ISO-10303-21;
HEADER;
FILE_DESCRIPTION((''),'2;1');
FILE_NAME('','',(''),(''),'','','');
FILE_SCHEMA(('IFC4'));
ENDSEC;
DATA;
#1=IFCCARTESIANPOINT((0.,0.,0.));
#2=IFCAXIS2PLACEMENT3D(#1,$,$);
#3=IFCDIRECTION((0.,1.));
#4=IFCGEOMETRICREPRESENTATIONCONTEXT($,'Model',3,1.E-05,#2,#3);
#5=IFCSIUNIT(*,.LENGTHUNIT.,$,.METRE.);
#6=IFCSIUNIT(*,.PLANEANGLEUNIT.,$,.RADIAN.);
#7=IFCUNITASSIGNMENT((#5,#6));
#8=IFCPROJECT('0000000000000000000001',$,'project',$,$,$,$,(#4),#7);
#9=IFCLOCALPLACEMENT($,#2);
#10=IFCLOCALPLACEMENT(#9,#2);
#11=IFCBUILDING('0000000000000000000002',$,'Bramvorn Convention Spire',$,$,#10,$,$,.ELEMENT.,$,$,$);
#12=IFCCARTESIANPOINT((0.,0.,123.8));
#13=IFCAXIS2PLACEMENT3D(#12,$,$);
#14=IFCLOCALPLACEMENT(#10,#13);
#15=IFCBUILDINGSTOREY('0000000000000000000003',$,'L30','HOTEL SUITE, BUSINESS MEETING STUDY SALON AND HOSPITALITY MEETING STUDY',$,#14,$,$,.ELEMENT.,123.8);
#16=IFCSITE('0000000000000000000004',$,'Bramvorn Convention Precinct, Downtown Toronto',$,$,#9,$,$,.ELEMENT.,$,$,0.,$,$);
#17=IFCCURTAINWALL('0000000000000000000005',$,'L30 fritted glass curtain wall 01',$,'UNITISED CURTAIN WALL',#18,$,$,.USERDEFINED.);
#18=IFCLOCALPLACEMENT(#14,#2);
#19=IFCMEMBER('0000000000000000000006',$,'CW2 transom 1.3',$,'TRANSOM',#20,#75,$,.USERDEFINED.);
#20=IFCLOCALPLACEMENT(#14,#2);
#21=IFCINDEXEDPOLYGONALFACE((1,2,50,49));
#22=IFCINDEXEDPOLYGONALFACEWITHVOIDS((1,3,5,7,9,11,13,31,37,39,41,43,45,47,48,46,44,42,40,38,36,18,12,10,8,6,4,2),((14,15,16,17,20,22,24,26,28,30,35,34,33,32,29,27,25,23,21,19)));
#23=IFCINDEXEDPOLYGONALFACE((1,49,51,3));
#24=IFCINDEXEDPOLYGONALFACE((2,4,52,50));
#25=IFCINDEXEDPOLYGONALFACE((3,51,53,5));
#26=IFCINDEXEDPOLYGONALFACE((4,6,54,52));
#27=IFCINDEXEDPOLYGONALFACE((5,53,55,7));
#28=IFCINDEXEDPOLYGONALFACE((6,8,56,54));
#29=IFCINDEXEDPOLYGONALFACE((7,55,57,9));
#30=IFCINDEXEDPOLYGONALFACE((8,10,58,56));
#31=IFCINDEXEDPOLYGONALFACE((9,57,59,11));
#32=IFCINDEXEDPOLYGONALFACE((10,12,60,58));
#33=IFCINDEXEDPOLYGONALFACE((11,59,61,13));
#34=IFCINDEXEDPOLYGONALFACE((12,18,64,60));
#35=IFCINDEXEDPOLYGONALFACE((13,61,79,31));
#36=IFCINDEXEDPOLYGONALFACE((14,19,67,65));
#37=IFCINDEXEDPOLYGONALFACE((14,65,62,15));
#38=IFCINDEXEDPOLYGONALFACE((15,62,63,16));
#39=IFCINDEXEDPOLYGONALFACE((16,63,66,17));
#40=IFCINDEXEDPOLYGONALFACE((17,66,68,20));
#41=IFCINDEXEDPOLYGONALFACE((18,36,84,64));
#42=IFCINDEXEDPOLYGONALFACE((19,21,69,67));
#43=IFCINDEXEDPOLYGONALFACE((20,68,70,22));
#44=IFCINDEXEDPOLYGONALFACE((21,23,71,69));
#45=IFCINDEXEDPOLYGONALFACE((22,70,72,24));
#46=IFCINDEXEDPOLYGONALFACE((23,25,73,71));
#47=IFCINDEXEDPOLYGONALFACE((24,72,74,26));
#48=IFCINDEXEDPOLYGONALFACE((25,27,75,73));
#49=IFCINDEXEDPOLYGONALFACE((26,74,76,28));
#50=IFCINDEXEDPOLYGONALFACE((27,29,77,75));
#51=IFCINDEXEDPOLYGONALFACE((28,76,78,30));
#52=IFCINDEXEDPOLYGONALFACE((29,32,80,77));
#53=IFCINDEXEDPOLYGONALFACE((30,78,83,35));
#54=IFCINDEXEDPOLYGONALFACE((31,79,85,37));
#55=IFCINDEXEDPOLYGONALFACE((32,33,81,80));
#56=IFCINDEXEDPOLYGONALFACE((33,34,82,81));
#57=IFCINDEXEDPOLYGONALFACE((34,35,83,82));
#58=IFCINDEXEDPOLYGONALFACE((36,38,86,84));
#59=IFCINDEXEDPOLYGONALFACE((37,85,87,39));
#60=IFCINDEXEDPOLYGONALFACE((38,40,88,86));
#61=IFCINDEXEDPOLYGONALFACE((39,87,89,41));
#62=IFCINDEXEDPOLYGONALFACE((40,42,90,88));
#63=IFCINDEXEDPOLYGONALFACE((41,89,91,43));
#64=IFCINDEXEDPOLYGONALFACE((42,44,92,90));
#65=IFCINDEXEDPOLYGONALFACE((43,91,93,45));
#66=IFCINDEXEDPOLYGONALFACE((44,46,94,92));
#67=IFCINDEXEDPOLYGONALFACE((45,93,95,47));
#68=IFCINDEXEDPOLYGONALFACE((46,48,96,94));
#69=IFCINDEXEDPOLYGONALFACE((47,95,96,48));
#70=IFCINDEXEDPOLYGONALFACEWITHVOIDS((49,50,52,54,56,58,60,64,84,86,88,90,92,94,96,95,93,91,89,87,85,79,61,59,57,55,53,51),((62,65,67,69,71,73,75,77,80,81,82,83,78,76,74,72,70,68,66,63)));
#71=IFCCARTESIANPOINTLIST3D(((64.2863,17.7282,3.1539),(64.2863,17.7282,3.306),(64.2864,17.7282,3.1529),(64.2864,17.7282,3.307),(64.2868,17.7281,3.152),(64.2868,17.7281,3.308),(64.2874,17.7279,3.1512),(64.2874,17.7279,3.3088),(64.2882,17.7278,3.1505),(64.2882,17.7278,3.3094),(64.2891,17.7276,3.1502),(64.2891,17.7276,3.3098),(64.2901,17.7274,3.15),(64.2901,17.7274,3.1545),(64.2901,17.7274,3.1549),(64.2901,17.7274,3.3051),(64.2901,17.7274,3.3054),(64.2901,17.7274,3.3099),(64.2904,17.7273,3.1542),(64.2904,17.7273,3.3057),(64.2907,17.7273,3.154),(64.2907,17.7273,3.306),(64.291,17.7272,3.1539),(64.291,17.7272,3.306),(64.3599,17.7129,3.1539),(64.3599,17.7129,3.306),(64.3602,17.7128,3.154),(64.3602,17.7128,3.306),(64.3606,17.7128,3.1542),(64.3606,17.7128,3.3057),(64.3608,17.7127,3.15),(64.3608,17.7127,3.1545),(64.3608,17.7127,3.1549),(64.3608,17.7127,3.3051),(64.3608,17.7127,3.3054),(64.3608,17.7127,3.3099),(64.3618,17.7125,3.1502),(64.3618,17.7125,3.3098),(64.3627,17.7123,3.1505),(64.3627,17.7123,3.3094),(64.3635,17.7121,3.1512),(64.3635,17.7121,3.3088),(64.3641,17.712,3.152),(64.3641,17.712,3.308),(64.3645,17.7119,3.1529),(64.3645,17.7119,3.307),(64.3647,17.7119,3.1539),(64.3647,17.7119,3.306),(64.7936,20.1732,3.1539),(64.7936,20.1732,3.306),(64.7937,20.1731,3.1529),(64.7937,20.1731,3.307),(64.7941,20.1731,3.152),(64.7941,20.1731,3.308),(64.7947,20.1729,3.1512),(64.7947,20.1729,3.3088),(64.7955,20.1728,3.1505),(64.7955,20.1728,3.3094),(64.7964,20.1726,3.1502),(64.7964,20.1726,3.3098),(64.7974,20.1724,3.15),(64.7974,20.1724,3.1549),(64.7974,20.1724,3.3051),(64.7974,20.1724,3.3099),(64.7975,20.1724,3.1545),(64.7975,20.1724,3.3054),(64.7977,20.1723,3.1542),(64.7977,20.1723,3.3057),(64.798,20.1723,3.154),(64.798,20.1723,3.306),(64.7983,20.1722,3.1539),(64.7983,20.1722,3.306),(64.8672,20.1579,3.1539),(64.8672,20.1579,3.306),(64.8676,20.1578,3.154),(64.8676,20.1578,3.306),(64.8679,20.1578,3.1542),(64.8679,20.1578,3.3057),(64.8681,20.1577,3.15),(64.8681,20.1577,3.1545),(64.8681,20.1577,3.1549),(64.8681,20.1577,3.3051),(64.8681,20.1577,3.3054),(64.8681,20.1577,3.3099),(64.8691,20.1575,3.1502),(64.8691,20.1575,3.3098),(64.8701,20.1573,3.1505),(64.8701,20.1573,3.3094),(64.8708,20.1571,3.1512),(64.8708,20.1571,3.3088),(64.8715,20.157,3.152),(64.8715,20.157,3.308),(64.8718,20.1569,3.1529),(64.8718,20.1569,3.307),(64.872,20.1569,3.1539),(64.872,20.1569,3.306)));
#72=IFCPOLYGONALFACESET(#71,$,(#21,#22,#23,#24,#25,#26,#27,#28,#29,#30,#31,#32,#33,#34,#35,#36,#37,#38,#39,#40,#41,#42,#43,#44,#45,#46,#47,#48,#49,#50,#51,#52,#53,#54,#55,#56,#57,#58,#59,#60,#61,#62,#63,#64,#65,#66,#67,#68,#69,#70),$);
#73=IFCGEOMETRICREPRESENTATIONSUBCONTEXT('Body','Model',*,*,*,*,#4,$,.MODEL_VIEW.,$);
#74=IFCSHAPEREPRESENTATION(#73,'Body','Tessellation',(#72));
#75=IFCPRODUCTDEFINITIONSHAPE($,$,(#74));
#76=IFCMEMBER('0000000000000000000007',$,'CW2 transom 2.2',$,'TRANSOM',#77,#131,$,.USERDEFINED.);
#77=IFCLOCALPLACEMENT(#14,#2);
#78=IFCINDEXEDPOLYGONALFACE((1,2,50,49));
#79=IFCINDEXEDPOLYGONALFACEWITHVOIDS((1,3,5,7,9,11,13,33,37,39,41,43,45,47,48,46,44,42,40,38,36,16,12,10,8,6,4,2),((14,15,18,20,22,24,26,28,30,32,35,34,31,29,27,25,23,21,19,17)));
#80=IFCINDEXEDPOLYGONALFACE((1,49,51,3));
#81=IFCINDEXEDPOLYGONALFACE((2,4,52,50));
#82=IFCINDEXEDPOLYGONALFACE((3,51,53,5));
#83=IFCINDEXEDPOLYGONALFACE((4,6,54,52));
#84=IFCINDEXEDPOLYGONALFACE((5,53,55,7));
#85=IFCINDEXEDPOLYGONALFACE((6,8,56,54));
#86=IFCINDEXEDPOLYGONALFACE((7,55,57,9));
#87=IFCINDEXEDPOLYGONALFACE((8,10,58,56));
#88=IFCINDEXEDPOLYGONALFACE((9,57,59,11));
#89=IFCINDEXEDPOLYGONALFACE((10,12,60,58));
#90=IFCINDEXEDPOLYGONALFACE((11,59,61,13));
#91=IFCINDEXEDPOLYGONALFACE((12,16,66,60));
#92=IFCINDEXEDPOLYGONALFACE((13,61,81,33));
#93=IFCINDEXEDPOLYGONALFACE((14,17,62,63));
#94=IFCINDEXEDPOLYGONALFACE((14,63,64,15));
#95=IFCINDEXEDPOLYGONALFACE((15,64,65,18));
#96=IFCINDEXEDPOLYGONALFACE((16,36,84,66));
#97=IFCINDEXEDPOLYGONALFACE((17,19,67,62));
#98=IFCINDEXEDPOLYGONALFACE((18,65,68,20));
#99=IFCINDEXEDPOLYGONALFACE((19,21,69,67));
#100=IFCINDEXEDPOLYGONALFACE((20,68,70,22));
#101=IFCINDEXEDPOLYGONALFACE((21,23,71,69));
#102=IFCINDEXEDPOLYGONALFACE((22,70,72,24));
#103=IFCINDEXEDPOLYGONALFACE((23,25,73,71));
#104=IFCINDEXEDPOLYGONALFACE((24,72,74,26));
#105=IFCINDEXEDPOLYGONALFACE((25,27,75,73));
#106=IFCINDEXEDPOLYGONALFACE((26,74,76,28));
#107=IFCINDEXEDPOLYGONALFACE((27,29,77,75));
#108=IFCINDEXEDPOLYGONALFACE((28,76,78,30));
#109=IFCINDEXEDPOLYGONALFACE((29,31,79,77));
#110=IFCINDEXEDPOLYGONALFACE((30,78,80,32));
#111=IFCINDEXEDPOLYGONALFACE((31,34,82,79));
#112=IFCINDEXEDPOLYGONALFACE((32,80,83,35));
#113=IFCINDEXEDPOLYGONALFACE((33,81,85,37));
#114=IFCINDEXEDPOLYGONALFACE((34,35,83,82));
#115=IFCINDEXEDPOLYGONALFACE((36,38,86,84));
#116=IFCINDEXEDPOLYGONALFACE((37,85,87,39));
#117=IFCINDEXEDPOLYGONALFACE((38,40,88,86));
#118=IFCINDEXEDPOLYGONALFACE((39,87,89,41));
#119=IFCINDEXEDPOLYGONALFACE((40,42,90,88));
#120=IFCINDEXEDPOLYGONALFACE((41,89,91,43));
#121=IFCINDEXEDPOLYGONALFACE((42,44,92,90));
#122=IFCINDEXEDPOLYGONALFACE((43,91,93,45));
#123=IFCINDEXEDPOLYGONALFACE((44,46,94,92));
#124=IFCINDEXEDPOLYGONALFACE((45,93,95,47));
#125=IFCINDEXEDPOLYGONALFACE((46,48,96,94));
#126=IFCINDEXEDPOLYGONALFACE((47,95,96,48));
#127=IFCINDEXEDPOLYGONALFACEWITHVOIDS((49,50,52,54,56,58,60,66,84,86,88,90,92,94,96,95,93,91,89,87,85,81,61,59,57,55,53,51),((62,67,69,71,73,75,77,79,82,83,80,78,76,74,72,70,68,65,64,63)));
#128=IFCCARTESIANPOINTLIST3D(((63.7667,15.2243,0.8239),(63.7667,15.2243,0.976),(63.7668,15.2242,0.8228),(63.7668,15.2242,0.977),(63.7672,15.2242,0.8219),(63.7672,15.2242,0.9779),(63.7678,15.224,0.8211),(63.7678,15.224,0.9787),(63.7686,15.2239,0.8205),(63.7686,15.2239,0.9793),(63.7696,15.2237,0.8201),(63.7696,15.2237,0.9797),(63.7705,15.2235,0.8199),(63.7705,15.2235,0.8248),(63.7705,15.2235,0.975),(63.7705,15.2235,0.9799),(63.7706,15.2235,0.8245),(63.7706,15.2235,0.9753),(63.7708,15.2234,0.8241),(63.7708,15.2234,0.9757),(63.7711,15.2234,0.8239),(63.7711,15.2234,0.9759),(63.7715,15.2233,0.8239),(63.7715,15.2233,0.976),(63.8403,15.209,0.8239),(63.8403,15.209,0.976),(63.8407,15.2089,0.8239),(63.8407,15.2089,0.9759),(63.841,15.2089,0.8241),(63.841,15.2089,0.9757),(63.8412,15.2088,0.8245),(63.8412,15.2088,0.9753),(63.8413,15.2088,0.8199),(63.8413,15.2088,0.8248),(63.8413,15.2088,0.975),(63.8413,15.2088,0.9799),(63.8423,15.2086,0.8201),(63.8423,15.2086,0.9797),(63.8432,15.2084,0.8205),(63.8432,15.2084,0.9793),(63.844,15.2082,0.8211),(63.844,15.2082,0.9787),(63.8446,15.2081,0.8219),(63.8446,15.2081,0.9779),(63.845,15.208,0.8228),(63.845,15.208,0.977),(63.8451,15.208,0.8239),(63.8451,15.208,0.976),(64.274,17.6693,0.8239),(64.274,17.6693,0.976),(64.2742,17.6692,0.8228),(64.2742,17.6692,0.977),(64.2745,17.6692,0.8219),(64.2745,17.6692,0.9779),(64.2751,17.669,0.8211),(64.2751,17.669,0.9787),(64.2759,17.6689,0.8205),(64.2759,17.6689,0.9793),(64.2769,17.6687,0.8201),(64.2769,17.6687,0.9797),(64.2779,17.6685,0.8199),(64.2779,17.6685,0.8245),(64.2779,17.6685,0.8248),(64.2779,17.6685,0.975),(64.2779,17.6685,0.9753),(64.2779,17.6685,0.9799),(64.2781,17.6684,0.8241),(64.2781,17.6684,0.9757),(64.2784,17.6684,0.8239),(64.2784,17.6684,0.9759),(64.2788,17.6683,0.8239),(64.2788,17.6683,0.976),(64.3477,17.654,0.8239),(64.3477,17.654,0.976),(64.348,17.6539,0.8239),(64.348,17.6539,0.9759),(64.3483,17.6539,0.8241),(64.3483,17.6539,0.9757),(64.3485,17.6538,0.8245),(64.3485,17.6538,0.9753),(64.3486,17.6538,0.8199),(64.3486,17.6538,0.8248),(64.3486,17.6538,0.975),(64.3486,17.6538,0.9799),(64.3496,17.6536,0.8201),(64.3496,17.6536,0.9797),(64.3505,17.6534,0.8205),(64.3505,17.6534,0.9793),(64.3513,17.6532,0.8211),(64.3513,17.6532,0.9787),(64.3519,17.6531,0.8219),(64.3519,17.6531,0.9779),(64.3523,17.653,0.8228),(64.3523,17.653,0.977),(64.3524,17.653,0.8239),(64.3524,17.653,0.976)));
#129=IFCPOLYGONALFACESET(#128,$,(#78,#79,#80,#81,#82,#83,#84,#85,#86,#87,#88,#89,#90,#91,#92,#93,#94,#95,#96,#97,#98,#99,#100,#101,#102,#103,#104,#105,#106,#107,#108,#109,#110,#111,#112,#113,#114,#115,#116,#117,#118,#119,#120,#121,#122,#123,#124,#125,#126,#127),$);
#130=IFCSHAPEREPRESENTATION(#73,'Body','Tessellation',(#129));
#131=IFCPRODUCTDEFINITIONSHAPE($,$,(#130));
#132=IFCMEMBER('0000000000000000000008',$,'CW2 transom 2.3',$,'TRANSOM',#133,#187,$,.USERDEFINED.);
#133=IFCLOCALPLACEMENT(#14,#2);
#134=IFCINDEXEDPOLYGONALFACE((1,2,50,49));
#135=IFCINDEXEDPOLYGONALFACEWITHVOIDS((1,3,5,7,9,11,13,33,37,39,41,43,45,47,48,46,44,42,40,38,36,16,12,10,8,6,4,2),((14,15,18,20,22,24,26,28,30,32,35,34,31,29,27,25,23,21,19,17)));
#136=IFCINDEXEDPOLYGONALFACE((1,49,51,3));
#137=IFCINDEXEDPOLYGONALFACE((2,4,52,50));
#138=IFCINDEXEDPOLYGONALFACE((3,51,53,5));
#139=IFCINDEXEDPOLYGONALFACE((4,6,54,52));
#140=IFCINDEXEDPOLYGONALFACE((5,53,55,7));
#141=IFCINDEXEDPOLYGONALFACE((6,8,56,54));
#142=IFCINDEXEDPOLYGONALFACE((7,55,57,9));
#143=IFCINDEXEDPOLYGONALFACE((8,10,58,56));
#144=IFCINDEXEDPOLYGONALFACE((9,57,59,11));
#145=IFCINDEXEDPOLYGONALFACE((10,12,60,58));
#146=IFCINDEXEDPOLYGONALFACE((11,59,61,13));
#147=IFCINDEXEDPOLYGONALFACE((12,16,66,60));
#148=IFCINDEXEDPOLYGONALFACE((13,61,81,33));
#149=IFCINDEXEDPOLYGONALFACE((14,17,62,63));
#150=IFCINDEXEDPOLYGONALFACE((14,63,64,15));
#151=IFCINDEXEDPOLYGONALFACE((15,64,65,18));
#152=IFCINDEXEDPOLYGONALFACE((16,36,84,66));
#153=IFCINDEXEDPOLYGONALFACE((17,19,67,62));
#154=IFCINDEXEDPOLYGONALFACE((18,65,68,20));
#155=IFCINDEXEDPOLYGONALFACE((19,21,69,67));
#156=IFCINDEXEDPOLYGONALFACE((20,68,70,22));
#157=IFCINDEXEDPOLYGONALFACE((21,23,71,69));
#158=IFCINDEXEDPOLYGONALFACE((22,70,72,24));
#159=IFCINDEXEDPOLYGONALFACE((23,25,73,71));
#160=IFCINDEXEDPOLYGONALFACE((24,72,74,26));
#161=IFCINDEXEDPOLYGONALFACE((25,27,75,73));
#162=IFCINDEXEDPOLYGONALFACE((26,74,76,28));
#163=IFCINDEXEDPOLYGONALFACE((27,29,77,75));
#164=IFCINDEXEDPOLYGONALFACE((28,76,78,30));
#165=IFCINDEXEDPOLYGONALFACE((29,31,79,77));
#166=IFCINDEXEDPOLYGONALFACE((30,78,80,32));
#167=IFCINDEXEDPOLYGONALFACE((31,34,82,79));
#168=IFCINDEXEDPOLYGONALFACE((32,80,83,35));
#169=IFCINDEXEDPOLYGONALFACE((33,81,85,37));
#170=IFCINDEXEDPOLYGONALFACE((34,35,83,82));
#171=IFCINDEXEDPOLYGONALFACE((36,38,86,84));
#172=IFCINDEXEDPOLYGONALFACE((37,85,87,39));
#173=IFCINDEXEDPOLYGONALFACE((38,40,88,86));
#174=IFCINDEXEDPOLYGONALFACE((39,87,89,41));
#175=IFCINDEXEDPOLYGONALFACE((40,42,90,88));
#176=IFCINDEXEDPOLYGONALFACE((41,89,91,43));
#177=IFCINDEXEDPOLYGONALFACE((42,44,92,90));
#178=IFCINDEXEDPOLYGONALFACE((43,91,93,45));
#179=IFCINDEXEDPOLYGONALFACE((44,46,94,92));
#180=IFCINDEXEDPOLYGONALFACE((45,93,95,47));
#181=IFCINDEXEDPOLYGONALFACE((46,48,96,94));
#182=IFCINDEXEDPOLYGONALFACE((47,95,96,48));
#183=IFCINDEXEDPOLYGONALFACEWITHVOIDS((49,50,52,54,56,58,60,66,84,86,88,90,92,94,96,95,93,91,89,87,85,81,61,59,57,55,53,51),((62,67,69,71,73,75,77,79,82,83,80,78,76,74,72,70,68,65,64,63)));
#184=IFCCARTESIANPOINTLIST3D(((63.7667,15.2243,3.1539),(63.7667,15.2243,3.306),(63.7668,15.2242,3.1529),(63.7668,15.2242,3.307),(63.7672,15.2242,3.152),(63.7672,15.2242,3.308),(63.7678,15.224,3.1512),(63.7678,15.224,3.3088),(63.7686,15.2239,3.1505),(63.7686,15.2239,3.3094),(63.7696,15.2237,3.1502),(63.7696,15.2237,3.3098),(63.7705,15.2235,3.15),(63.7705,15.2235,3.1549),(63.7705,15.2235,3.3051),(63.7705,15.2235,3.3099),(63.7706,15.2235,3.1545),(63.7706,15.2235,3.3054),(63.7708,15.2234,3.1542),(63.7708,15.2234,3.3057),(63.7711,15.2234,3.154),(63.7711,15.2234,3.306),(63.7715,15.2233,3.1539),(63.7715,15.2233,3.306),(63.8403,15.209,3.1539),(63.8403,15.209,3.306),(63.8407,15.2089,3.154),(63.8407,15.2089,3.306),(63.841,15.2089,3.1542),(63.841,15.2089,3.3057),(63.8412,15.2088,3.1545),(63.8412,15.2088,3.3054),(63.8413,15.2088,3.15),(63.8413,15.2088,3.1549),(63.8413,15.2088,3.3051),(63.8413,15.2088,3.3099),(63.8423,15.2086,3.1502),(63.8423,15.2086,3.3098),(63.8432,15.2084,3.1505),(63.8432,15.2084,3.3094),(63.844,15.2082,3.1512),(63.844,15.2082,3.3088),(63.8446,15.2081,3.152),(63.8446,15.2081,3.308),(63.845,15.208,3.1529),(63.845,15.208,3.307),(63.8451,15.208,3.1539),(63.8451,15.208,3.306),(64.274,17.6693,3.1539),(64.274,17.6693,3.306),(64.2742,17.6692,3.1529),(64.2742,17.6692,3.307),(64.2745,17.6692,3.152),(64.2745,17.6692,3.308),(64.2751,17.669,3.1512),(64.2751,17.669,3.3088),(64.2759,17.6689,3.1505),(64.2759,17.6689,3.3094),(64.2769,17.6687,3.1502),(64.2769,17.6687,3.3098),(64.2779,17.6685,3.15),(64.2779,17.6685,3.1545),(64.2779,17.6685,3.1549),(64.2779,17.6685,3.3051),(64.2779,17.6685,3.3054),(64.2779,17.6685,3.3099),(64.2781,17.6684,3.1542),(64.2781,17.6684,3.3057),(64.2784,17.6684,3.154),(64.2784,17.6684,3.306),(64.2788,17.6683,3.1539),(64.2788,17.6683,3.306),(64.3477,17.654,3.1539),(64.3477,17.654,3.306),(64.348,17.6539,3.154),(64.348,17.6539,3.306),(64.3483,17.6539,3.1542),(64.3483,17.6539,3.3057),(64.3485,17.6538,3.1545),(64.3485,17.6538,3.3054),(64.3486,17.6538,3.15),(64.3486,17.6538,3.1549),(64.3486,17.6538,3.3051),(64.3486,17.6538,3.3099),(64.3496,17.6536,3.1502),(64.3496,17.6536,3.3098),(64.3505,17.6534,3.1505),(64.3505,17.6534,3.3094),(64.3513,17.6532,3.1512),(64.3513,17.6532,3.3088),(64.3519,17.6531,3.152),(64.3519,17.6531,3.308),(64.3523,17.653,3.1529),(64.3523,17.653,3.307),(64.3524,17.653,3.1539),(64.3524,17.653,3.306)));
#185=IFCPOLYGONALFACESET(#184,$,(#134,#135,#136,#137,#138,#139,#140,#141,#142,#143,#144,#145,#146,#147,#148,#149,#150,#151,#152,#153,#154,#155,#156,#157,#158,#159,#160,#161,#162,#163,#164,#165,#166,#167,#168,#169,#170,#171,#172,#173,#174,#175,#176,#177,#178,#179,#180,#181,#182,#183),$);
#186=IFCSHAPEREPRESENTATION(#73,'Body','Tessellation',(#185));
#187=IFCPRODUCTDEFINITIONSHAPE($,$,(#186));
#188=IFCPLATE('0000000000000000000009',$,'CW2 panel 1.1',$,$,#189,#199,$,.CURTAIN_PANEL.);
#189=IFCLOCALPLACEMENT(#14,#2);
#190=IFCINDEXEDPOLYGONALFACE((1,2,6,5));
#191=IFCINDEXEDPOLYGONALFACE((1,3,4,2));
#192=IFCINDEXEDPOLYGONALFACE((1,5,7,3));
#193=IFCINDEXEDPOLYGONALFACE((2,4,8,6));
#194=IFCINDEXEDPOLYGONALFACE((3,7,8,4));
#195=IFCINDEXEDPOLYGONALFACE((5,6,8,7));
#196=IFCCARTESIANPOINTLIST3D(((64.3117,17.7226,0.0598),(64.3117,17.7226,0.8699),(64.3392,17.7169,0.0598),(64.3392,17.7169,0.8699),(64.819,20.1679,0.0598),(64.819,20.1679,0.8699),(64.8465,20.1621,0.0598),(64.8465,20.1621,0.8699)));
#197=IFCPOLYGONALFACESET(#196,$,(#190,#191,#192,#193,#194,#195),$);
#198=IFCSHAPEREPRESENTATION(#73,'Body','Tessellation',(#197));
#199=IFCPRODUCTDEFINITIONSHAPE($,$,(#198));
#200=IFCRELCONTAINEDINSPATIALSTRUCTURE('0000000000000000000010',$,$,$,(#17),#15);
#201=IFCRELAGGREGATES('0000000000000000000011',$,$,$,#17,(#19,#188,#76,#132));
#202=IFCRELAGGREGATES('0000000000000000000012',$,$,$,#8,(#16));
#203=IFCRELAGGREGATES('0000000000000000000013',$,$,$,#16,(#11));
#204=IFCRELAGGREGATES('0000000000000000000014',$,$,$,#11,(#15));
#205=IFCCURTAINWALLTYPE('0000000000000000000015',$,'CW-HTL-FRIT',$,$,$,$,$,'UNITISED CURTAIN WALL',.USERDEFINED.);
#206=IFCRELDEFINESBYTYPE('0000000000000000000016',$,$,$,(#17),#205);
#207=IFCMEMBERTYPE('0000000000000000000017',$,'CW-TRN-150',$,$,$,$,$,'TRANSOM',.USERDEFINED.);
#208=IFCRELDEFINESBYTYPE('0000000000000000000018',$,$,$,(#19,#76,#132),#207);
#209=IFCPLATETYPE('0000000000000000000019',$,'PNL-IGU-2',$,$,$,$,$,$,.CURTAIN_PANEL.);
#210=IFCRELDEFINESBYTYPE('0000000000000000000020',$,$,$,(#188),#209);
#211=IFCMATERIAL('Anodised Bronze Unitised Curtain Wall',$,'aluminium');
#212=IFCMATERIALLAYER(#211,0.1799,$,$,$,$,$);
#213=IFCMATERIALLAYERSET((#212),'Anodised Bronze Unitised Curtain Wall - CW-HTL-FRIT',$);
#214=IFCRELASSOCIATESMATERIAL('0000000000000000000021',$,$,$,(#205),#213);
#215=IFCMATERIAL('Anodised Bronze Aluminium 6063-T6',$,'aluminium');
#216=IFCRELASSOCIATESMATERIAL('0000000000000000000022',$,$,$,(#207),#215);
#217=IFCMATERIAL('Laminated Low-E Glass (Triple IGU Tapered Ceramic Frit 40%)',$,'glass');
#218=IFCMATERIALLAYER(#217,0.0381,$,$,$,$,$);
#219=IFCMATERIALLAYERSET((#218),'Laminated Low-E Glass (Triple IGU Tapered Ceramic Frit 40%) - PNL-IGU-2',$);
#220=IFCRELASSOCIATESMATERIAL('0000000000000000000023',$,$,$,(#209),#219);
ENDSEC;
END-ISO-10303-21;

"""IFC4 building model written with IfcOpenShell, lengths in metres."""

from ifc_helpers import new_model, si_unit, direction, frame, origin, origin_2d, place, context, subcontext, project, spatial, rectangle, hollow_rectangle, extrude, material, layer, layer_set, material_profile, profile_set, type_object, element, aggregate, save


model = new_model("IFC4")

# Units and contexts
model_context = context("Model", 3, precision=1e-05, world=origin(), true_north=direction((0.0, 1.0)))
body_context = subcontext(model_context, "Body", "Model", "MODEL_VIEW")
ifc_project = project(units=[si_unit("LENGTHUNIT", "METRE"), si_unit("PLANEANGLEUNIT", "RADIAN")], contexts=[model_context])

# Site, building, storey
site_placement = place(None, origin())
site = spatial("IfcSite", under=ifc_project, at=site_placement, Name="Bramvorn Convention Precinct, Downtown Toronto", CompositionType="ELEMENT", RefElevation=0.0)
building_placement = place(site_placement, origin())
building = spatial("IfcBuilding", under=site, at=building_placement, Name="Bramvorn Convention Spire", CompositionType="ELEMENT")
storey_placement = place(building_placement, frame((0.0, 0.0, 123.8)))
storey = spatial("IfcBuildingStorey", under=building, at=storey_placement, Name="L30", Description="HOTEL SUITE, BUSINESS MEETING STUDY SALON AND HOSPITALITY MEETING STUDY", CompositionType="ELEMENT", Elevation=123.8)

# Curtain wall
ifc_material_1 = material(Name="Anodised Bronze Unitised Curtain Wall", Category="aluminium")
ifc_layer_1 = layer(ifc_material_1, 0.1799)
ifc_layer_set_1 = layer_set([ifc_layer_1], Name="Anodised Bronze Unitised Curtain Wall - CW-HTL-FRIT")
curtain_wall_type = type_object("IfcCurtainWallType", Name="CW-HTL-FRIT", ElementType="UNITISED CURTAIN WALL", PredefinedType="USERDEFINED", material=ifc_layer_set_1)
curtain_wall_1_placement = place(storey_placement, origin())
curtain_wall_1 = element("IfcCurtainWall", 1, at=curtain_wall_1_placement, inside=storey, type_object=curtain_wall_type, Name="L30 fritted glass curtain wall 01", ObjectType="UNITISED CURTAIN WALL", PredefinedType="USERDEFINED")
ifc_material_2 = material(Name="Anodised Bronze Aluminium 6063-T6", Category="aluminium")

# Members
ifc_material_profile_1 = material_profile(ifc_material_2, hollow_rectangle(XDim=0.0801, YDim=0.1599, WallThickness=0.0039, InnerFilletRadius=0.001, OuterFilletRadius=0.0039, at=origin_2d()))
ifc_profile_set_1 = profile_set([ifc_material_profile_1], Name="Anodised Bronze Aluminium 6063-T6 - CWT80X160")
member_type_1 = type_object("IfcMemberType", Name="CW-TRN-150", ElementType="TRANSOM", PredefinedType="USERDEFINED", material=ifc_profile_set_1)
member_1_placement = place(storey_placement, frame((64.8328, 20.165, 3.23), z_axis=(-0.203162, -0.979145, 0.0), x_axis=(0.979145, -0.203162, 0.0)))
member_1 = element("IfcMember", 2, at=member_1_placement, type_object=member_type_1, Name="CW2 transom 1.3", ObjectType="TRANSOM", PredefinedType="USERDEFINED", context=body_context, shape_type="SweptSolid", body=[
    extrude(hollow_rectangle(XDim=0.0801, YDim=0.1599, WallThickness=0.0039, InnerFilletRadius=0.001, OuterFilletRadius=0.0039, at=origin_2d()), origin(), (0.0, 0.0, 1.0), 2.4971),
])
member_2_placement = place(storey_placement, frame((64.3132, 17.6611, 0.8999), z_axis=(-0.203162, -0.979145, 0.0), x_axis=(0.979145, -0.203162, 0.0)))
member_2 = element("IfcMember", 3, at=member_2_placement, type_object=member_type_1, Name="CW2 transom 2.2", ObjectType="TRANSOM", PredefinedType="USERDEFINED", context=body_context, shape_type="SweptSolid", body=[
    extrude(hollow_rectangle(XDim=0.0801, YDim=0.1599, WallThickness=0.0039, InnerFilletRadius=0.001, OuterFilletRadius=0.0039, at=origin_2d()), origin(), (0.0, 0.0, 1.0), 2.4971),
])
member_3_placement = place(storey_placement, frame((64.3132, 17.6611, 3.23), z_axis=(-0.203162, -0.979145, 0.0), x_axis=(0.979145, -0.203162, 0.0)))
member_3 = element("IfcMember", 4, at=member_3_placement, type_object=member_type_1, Name="CW2 transom 2.3", ObjectType="TRANSOM", PredefinedType="USERDEFINED", context=body_context, shape_type="SweptSolid", body=[
    extrude(hollow_rectangle(XDim=0.0801, YDim=0.1599, WallThickness=0.0039, InnerFilletRadius=0.001, OuterFilletRadius=0.0039, at=origin_2d()), origin(), (0.0, 0.0, 1.0), 2.4971),
])

# Plate
ifc_material_3 = material(Name="Laminated Low-E Glass (Triple IGU Tapered Ceramic Frit 40%)", Category="glass")
ifc_layer_2 = layer(ifc_material_3, 0.0381)
ifc_layer_set_2 = layer_set([ifc_layer_2], Name="Laminated Low-E Glass (Triple IGU Tapered Ceramic Frit 40%) - PNL-IGU-2")
plate_type = type_object("IfcPlateType", Name="PNL-IGU-2", PredefinedType="CURTAIN_PANEL", material=ifc_layer_set_2)
plate_1_placement = place(storey_placement, frame((64.5791, 18.9424, 0.0598), z_axis=(0.0, 0.0, 1.0), x_axis=(-0.203154, -0.979147, 0.0)))
plate_1 = element("IfcPlate", 5, at=plate_1_placement, type_object=plate_type, Name="CW2 panel 1.1", PredefinedType="CURTAIN_PANEL", context=body_context, shape_type="SweptSolid", body=[
    extrude(rectangle(XDim=2.4973, YDim=0.0281, at=origin_2d()), origin(), (0.0, 0.0, 1.0), 0.8101),
])
aggregate(curtain_wall_1, [member_1, plate_1, member_2, member_3])

save(model, "model.ifc")
